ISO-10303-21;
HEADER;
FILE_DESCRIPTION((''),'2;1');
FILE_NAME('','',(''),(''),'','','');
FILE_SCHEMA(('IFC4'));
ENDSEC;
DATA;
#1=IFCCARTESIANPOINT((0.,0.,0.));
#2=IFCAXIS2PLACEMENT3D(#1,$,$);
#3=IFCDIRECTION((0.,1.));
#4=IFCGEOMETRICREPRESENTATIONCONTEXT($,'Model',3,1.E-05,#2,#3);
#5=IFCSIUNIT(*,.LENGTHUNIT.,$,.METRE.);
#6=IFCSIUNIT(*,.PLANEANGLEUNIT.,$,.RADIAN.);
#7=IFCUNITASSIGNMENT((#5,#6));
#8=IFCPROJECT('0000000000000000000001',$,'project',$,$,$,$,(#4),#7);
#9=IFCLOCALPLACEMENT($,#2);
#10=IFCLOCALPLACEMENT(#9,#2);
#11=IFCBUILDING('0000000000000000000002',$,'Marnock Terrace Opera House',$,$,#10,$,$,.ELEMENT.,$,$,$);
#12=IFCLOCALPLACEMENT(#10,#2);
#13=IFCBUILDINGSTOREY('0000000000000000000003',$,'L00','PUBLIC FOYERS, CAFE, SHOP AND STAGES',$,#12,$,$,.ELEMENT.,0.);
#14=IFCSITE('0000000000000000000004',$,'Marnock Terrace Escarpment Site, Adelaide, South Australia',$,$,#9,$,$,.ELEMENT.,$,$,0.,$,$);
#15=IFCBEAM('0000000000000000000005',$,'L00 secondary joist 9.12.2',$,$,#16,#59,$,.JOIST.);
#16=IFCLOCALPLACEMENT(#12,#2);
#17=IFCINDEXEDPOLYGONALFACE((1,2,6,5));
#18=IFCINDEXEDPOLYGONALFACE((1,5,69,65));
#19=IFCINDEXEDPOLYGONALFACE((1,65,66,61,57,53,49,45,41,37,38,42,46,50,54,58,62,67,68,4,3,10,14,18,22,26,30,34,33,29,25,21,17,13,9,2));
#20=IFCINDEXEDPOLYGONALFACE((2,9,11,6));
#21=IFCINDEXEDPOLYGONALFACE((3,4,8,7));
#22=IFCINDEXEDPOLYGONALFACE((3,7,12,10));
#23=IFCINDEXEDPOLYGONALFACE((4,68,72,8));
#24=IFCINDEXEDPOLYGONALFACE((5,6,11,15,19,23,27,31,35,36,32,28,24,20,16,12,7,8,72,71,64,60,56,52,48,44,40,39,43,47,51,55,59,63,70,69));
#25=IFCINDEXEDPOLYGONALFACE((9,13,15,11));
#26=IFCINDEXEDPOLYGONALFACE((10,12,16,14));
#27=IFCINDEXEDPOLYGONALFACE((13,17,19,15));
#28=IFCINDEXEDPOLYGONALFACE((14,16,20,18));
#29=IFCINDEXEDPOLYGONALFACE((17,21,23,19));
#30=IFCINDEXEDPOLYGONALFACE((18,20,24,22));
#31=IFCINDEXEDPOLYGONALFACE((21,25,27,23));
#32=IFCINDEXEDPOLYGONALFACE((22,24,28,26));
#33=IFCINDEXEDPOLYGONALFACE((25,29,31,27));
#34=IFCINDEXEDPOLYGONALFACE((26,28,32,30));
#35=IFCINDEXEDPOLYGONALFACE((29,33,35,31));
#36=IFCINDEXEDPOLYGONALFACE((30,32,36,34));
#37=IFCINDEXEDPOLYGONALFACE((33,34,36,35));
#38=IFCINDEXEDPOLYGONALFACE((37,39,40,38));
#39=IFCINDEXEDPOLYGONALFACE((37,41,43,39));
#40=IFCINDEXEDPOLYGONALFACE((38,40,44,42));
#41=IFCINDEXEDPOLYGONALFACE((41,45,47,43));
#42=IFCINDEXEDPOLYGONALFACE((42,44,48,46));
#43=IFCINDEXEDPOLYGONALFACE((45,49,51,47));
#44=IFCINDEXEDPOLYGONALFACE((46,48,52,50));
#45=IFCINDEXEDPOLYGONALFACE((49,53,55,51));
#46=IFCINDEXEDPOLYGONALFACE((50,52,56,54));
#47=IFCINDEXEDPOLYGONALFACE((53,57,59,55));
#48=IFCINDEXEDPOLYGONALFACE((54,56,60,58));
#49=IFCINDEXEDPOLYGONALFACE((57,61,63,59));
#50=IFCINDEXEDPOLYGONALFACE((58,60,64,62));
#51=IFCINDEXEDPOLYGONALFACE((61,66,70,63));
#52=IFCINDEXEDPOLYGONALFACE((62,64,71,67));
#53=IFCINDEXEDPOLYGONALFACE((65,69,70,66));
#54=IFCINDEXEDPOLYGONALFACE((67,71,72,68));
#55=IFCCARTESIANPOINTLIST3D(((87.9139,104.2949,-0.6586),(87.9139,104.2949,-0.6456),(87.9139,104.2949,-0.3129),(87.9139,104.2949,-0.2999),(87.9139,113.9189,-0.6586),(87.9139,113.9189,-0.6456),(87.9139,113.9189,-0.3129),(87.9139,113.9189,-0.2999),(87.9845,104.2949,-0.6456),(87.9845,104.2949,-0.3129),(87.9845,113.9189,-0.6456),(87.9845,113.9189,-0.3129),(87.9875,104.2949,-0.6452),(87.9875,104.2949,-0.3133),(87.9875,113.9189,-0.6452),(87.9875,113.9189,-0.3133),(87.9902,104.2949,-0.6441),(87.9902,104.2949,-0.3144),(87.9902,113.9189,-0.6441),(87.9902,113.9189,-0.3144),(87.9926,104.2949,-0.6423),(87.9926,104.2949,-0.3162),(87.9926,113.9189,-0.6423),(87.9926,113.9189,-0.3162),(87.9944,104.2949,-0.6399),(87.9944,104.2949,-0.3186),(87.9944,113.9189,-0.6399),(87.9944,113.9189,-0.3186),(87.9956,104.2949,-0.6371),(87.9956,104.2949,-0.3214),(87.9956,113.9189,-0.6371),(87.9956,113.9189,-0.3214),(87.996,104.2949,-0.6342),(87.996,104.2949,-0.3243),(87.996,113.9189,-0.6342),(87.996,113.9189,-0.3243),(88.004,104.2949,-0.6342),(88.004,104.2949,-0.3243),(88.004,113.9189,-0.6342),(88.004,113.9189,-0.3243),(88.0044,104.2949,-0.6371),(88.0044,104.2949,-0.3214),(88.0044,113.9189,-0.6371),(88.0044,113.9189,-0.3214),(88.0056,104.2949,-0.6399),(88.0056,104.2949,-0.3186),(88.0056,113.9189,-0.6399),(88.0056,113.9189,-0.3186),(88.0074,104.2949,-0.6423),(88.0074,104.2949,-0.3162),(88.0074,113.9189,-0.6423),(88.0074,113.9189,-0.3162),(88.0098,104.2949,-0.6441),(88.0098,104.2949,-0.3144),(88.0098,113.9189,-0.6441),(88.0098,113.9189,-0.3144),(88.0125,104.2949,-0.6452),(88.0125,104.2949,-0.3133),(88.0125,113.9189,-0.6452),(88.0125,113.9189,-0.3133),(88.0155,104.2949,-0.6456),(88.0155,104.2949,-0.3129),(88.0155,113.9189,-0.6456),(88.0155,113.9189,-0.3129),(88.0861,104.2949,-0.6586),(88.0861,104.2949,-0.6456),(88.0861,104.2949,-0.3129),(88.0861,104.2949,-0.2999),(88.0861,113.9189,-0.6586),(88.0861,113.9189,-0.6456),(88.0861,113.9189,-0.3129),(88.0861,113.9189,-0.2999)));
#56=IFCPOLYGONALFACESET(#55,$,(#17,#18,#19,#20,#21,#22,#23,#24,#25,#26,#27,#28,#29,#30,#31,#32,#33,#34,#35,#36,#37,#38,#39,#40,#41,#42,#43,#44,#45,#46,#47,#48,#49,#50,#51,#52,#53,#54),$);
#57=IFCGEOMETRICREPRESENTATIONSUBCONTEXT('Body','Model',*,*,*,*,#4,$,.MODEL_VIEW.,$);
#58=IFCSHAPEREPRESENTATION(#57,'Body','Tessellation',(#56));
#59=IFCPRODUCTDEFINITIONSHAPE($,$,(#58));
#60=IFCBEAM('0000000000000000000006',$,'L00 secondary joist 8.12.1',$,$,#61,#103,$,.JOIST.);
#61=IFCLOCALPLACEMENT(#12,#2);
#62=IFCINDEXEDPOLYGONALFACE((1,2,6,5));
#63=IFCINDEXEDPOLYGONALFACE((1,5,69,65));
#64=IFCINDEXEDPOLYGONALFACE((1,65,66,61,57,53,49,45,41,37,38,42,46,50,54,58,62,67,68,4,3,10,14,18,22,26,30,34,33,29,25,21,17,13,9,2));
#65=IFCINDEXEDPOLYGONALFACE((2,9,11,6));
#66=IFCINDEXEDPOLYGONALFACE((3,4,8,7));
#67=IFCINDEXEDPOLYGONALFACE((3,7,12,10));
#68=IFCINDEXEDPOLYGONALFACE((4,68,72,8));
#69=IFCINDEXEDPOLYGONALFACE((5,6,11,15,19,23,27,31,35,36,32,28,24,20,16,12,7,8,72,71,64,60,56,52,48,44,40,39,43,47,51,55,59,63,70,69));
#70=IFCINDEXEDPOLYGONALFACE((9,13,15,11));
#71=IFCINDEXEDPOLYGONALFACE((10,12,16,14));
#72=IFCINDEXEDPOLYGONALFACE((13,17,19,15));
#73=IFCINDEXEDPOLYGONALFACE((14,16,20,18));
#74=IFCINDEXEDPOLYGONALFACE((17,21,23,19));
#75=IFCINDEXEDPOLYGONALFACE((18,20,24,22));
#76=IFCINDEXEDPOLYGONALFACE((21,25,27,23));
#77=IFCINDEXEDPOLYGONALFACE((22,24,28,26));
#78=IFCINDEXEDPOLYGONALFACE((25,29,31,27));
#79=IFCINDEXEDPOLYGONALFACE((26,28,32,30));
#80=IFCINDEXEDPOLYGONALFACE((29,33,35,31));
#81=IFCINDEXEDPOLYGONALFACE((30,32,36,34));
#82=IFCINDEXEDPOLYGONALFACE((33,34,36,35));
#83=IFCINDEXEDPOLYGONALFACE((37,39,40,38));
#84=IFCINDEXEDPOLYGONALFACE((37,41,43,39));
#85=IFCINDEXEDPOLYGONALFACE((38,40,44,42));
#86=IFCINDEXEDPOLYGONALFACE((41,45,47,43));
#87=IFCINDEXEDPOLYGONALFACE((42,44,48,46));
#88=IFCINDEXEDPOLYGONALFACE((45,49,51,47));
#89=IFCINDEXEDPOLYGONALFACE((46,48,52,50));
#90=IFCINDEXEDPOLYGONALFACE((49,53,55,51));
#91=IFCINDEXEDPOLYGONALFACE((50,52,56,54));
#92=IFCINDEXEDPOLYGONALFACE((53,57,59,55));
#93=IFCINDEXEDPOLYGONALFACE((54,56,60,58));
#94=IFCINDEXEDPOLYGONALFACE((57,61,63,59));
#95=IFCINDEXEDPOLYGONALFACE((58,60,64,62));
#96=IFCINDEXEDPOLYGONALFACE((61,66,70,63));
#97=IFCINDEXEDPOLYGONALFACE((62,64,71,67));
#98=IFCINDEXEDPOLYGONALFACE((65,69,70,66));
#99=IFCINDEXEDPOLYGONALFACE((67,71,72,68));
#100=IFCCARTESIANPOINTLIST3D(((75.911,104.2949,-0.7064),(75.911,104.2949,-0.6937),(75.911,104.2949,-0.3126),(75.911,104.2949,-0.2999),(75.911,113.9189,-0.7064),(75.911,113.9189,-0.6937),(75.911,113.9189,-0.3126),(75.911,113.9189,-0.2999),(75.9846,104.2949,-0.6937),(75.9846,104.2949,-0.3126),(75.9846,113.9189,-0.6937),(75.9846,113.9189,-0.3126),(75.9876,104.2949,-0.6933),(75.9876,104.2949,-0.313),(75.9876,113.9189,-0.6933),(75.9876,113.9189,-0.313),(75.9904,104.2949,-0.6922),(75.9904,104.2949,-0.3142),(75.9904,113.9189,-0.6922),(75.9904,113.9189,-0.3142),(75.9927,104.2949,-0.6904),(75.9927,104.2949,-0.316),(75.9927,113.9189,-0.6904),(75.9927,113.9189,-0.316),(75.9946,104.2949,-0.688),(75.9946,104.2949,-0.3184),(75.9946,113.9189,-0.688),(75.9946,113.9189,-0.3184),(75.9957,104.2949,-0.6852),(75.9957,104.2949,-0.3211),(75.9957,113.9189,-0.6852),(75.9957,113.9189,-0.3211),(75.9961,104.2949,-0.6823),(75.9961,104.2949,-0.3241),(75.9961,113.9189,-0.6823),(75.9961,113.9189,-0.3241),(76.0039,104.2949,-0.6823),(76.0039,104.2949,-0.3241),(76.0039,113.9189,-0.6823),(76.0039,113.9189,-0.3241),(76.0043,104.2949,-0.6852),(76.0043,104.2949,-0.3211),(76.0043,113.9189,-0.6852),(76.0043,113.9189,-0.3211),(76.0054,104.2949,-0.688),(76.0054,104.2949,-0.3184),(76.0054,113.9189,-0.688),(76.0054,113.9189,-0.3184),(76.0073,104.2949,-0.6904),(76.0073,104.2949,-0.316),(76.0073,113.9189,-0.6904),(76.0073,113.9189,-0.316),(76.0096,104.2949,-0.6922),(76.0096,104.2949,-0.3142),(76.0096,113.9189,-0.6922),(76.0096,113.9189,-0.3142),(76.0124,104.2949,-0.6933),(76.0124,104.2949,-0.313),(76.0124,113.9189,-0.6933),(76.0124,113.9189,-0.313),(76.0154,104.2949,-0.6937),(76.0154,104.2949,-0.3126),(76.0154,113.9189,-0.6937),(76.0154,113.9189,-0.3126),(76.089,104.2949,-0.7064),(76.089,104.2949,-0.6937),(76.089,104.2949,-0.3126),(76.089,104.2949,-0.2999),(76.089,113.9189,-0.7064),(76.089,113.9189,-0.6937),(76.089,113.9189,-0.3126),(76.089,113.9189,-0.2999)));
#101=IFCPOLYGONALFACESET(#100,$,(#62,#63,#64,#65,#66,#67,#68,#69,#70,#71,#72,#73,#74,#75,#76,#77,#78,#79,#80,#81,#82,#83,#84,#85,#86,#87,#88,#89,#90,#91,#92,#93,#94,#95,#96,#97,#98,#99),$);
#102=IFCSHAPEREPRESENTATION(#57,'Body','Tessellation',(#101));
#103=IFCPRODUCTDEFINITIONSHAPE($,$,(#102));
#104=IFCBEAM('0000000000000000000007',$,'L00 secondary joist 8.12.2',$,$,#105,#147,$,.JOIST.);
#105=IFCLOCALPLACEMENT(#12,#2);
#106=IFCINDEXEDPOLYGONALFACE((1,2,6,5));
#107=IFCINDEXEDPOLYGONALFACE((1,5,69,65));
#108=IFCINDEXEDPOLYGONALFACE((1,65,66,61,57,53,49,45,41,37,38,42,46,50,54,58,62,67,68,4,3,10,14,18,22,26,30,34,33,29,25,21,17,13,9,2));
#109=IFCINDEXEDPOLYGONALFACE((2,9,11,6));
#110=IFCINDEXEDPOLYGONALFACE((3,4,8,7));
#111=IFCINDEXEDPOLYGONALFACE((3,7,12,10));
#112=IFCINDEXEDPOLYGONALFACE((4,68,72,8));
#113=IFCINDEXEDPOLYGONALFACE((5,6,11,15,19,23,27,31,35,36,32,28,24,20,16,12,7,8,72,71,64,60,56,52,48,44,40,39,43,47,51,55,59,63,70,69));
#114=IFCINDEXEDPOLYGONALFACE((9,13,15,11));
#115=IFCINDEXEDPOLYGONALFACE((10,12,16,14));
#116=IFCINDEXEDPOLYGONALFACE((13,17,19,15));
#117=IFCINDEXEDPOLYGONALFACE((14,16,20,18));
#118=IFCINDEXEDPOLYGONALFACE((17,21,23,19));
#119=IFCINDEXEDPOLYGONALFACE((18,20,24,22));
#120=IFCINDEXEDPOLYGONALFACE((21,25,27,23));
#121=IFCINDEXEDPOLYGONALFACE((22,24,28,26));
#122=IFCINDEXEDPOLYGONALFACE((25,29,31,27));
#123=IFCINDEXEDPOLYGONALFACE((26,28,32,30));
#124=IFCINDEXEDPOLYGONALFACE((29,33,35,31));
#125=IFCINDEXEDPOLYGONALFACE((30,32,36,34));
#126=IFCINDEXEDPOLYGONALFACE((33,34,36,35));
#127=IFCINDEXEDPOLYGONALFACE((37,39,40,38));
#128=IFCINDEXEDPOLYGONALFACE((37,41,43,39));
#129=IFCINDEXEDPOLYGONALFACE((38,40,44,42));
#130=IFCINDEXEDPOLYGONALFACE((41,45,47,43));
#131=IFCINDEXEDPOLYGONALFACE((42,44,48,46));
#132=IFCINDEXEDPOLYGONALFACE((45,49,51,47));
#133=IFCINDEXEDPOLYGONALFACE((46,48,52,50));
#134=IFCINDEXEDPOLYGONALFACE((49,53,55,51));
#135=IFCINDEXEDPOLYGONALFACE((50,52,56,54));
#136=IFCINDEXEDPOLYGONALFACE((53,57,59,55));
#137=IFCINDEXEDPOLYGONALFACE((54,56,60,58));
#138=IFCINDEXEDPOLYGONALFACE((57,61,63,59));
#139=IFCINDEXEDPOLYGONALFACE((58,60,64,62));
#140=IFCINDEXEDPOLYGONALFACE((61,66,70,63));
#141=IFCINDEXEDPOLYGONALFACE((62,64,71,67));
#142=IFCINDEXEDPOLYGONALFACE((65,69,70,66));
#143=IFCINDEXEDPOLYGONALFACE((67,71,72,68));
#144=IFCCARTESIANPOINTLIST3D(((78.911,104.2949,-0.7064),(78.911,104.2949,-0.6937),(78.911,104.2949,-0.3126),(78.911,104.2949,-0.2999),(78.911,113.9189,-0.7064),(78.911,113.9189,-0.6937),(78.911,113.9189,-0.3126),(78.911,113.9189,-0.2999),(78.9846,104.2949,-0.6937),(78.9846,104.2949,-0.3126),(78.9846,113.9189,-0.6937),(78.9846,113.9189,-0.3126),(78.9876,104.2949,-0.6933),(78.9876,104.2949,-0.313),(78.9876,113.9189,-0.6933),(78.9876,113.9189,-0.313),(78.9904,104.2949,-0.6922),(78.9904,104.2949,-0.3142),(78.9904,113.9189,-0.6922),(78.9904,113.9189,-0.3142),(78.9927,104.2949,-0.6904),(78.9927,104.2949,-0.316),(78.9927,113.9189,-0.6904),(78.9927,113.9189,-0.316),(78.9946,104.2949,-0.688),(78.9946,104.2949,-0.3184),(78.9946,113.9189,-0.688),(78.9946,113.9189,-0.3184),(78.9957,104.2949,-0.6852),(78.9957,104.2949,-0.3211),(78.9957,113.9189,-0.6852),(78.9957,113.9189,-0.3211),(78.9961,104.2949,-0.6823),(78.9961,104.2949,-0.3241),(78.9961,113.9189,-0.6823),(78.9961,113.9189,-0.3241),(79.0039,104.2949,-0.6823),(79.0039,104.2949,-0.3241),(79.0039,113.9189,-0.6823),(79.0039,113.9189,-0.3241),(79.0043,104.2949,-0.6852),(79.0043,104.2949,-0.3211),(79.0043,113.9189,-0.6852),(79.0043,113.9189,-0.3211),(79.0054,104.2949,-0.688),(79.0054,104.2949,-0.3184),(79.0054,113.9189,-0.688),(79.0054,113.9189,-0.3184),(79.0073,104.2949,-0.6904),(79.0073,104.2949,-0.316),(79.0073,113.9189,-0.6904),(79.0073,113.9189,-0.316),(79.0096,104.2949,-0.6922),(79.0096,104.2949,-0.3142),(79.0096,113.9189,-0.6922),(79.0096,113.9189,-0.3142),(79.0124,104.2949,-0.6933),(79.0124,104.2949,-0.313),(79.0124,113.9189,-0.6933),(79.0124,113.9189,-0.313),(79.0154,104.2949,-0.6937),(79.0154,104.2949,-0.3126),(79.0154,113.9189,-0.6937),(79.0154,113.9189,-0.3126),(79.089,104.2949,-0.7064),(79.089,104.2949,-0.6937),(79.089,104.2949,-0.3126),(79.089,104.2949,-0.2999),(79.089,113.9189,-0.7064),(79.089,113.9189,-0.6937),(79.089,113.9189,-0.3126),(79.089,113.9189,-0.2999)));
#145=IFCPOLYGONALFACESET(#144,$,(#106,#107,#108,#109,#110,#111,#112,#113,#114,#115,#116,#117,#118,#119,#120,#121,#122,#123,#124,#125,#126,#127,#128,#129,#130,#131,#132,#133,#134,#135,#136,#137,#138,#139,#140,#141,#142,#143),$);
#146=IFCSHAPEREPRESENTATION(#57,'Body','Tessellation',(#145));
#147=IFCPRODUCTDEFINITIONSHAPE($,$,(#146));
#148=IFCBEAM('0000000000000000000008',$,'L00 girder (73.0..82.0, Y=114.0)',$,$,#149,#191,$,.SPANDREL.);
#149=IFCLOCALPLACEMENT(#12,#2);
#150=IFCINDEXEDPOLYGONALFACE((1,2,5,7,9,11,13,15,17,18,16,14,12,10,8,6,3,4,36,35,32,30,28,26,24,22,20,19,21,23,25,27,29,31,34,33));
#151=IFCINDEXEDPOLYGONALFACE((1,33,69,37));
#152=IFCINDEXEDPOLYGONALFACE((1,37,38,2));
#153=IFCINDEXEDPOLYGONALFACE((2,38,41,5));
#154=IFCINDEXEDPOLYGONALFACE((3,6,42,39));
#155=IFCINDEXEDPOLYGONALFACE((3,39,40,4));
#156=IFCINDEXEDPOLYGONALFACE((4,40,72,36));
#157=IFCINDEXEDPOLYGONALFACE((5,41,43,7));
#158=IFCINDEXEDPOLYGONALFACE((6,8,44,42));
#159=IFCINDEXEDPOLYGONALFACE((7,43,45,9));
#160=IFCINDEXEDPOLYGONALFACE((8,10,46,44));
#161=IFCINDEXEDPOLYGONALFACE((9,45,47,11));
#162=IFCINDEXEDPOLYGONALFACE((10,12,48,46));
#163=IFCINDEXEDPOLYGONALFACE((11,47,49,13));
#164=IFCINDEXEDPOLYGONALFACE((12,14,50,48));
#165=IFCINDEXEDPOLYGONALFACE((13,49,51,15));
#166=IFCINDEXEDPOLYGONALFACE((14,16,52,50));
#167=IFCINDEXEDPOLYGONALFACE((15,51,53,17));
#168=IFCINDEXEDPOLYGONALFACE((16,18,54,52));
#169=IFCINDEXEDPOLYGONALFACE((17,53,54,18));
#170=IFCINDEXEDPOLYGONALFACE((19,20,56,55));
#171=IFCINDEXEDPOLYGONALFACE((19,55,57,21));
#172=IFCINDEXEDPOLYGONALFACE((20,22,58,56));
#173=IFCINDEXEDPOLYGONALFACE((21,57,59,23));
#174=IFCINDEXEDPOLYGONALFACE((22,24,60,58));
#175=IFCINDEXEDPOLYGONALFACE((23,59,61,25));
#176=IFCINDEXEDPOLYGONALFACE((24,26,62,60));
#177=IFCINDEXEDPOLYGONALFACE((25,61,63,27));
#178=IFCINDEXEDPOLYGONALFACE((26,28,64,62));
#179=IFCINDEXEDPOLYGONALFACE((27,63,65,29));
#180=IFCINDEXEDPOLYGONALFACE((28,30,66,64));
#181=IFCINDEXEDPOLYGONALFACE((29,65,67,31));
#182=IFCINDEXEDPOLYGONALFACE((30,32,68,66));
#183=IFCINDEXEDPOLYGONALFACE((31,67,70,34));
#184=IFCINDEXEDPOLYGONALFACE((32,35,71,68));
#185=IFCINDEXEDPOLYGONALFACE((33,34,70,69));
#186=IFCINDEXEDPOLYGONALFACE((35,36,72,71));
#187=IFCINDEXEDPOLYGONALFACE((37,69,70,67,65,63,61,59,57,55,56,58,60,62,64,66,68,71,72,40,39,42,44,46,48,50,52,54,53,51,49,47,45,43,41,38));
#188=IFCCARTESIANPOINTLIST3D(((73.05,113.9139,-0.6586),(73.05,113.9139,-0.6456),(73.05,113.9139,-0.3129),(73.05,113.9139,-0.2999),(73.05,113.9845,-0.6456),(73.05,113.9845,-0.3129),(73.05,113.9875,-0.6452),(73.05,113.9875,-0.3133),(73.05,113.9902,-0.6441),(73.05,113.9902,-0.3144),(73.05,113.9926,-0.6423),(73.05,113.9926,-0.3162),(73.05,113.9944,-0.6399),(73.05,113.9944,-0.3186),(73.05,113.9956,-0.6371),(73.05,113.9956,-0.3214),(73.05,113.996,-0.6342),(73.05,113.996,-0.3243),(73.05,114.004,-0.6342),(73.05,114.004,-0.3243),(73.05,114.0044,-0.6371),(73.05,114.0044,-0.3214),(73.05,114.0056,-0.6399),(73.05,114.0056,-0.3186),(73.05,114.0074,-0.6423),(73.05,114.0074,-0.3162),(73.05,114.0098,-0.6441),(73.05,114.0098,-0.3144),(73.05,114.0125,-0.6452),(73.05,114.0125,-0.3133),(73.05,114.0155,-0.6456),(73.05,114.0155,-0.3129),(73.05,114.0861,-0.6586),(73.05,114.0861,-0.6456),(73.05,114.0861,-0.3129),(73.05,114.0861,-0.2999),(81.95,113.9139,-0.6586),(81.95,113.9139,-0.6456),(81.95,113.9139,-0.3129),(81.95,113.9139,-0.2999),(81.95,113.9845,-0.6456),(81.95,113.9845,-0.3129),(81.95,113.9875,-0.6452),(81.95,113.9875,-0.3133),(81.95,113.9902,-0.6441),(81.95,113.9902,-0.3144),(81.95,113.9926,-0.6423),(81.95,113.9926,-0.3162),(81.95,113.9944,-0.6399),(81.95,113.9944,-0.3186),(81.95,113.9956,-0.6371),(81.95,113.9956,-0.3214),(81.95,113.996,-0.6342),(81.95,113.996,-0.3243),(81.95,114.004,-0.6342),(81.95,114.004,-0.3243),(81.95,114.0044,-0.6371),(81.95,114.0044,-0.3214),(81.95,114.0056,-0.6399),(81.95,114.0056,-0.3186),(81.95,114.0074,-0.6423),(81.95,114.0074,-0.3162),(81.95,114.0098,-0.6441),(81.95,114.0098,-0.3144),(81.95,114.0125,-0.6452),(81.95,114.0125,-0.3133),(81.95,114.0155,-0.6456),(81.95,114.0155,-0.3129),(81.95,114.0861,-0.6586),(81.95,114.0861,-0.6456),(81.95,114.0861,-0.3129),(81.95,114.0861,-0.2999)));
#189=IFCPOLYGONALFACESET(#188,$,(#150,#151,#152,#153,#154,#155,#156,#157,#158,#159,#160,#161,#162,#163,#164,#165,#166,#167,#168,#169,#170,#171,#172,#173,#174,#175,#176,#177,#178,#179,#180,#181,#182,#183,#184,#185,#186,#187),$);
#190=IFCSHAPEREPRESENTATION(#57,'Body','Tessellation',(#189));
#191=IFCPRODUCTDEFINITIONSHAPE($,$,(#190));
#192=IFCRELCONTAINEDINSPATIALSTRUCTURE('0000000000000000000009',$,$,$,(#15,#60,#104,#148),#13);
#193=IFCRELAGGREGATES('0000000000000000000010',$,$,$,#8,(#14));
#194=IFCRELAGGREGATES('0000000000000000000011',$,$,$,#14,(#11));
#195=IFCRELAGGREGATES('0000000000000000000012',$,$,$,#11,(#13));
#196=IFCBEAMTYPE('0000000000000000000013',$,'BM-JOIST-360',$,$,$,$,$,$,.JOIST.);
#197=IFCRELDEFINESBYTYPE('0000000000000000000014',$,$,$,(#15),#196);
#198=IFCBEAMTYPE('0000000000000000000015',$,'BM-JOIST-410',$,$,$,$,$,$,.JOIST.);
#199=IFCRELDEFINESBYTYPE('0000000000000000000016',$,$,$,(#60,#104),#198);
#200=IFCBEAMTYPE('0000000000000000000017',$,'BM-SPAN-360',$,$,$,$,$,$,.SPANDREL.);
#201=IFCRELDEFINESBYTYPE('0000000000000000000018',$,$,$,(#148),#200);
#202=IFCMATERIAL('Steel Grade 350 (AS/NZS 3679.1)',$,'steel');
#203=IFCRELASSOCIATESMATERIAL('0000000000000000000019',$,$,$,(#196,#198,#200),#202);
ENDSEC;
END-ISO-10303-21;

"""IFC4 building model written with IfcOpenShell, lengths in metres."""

from ifc_helpers import new_model, si_unit, direction, frame, origin, origin_2d, place, context, subcontext, project, spatial, i_section, extrude, material, material_profile, profile_set, type_object, element, save


model = new_model("IFC4")

# Units and contexts
model_context = context("Model", 3, precision=1e-05, world=origin(), true_north=direction((0.0, 1.0)))
body_context = subcontext(model_context, "Body", "Model", "MODEL_VIEW")
ifc_project = project(units=[si_unit("LENGTHUNIT", "METRE"), si_unit("PLANEANGLEUNIT", "RADIAN")], contexts=[model_context])

# Site, building, storey
site_placement = place(None, origin())
site = spatial("IfcSite", under=ifc_project, at=site_placement, Name="Marnock Terrace Escarpment Site, Adelaide, South Australia", CompositionType="ELEMENT", RefElevation=0.0)
building_placement = place(site_placement, origin())
building = spatial("IfcBuilding", under=site, at=building_placement, Name="Marnock Terrace Opera House", CompositionType="ELEMENT")
storey_placement = place(building_placement, origin())
storey = spatial("IfcBuildingStorey", under=building, at=storey_placement, Name="L00", Description="PUBLIC FOYERS, CAFE, SHOP AND STAGES", CompositionType="ELEMENT", Elevation=0.0)

# Beams
ifc_material_1 = material(Name="Steel Grade 350 (AS/NZS 3679.1)", Category="steel")
ifc_material_profile_1 = material_profile(ifc_material_1, i_section(OverallWidth=0.1721, OverallDepth=0.3586, WebThickness=0.0081, FlangeThickness=0.0129, FilletRadius=0.0115, at=origin_2d()))
ifc_profile_set_1 = profile_set([ifc_material_profile_1], Name="Steel Grade 350 (AS/NZS 3679.1)")
beam_type_1 = type_object("IfcBeamType", Name="BM-JOIST-360", PredefinedType="JOIST", material=ifc_profile_set_1)
for number, where, z_axis, x_axis, name in (
    (1, (88.0, 104.2949, -0.4792), (0.0, 1.0, 0.0), (-1.0, 0.0, 0.0), "L00 secondary joist 9.12.2"),
):
    element("IfcBeam", number, at=place(storey_placement, frame(where, z_axis=z_axis, x_axis=x_axis)), inside=storey, type_object=beam_type_1, Name=name, PredefinedType="JOIST", context=body_context, shape_type="SweptSolid", body=[
        extrude(i_section(OverallWidth=0.1721, OverallDepth=0.3586, WebThickness=0.0081, FlangeThickness=0.0129, FilletRadius=0.0115, at=origin_2d()), origin(), (0.0, 0.0, 1.0), 9.624),
    ])
ifc_material_profile_2 = material_profile(ifc_material_1, i_section(OverallWidth=0.178, OverallDepth=0.4065, WebThickness=0.0078, FlangeThickness=0.0127, FilletRadius=0.0115, at=origin_2d()))
ifc_profile_set_2 = profile_set([ifc_material_profile_2], Name="Steel Grade 350 (AS/NZS 3679.1)")
beam_type_2 = type_object("IfcBeamType", Name="BM-JOIST-410", PredefinedType="JOIST", material=ifc_profile_set_2)
for number, where, z_axis, x_axis, name in (
    (2, (76.0, 104.2949, -0.5032), (0.0, 1.0, 0.0), (-1.0, 0.0, 0.0), "L00 secondary joist 8.12.1"),
    (3, (79.0, 104.2949, -0.5032), (0.0, 1.0, 0.0), (-1.0, 0.0, 0.0), "L00 secondary joist 8.12.2"),
):
    element("IfcBeam", number, at=place(storey_placement, frame(where, z_axis=z_axis, x_axis=x_axis)), inside=storey, type_object=beam_type_2, Name=name, PredefinedType="JOIST", context=body_context, shape_type="SweptSolid", body=[
        extrude(i_section(OverallWidth=0.178, OverallDepth=0.4065, WebThickness=0.0078, FlangeThickness=0.0127, FilletRadius=0.0115, at=origin_2d()), origin(), (0.0, 0.0, 1.0), 9.624),
    ])
ifc_material_profile_3 = material_profile(ifc_material_1, i_section(OverallWidth=0.1721, OverallDepth=0.3586, WebThickness=0.0081, FlangeThickness=0.0129, FilletRadius=0.0115, at=origin_2d()))
ifc_profile_set_3 = profile_set([ifc_material_profile_3], Name="Steel Grade 350 (AS/NZS 3679.1)")
beam_type_3 = type_object("IfcBeamType", Name="BM-SPAN-360", PredefinedType="SPANDREL", material=ifc_profile_set_3)
for number, where, z_axis, x_axis, name in (
    (4, (73.05, 114.0, -0.4792), (1.0, 0.0, 0.0), (0.0, 1.0, 0.0), "L00 girder (73.0..82.0, Y=114.0)"),
):
    element("IfcBeam", number, at=place(storey_placement, frame(where, z_axis=z_axis, x_axis=x_axis)), inside=storey, type_object=beam_type_3, Name=name, PredefinedType="SPANDREL", context=body_context, shape_type="SweptSolid", body=[
        extrude(i_section(OverallWidth=0.1721, OverallDepth=0.3586, WebThickness=0.0081, FlangeThickness=0.0129, FilletRadius=0.0115, at=origin_2d()), origin(), (0.0, 0.0, 1.0), 8.8999),
    ])

save(model, "model.ifc")
